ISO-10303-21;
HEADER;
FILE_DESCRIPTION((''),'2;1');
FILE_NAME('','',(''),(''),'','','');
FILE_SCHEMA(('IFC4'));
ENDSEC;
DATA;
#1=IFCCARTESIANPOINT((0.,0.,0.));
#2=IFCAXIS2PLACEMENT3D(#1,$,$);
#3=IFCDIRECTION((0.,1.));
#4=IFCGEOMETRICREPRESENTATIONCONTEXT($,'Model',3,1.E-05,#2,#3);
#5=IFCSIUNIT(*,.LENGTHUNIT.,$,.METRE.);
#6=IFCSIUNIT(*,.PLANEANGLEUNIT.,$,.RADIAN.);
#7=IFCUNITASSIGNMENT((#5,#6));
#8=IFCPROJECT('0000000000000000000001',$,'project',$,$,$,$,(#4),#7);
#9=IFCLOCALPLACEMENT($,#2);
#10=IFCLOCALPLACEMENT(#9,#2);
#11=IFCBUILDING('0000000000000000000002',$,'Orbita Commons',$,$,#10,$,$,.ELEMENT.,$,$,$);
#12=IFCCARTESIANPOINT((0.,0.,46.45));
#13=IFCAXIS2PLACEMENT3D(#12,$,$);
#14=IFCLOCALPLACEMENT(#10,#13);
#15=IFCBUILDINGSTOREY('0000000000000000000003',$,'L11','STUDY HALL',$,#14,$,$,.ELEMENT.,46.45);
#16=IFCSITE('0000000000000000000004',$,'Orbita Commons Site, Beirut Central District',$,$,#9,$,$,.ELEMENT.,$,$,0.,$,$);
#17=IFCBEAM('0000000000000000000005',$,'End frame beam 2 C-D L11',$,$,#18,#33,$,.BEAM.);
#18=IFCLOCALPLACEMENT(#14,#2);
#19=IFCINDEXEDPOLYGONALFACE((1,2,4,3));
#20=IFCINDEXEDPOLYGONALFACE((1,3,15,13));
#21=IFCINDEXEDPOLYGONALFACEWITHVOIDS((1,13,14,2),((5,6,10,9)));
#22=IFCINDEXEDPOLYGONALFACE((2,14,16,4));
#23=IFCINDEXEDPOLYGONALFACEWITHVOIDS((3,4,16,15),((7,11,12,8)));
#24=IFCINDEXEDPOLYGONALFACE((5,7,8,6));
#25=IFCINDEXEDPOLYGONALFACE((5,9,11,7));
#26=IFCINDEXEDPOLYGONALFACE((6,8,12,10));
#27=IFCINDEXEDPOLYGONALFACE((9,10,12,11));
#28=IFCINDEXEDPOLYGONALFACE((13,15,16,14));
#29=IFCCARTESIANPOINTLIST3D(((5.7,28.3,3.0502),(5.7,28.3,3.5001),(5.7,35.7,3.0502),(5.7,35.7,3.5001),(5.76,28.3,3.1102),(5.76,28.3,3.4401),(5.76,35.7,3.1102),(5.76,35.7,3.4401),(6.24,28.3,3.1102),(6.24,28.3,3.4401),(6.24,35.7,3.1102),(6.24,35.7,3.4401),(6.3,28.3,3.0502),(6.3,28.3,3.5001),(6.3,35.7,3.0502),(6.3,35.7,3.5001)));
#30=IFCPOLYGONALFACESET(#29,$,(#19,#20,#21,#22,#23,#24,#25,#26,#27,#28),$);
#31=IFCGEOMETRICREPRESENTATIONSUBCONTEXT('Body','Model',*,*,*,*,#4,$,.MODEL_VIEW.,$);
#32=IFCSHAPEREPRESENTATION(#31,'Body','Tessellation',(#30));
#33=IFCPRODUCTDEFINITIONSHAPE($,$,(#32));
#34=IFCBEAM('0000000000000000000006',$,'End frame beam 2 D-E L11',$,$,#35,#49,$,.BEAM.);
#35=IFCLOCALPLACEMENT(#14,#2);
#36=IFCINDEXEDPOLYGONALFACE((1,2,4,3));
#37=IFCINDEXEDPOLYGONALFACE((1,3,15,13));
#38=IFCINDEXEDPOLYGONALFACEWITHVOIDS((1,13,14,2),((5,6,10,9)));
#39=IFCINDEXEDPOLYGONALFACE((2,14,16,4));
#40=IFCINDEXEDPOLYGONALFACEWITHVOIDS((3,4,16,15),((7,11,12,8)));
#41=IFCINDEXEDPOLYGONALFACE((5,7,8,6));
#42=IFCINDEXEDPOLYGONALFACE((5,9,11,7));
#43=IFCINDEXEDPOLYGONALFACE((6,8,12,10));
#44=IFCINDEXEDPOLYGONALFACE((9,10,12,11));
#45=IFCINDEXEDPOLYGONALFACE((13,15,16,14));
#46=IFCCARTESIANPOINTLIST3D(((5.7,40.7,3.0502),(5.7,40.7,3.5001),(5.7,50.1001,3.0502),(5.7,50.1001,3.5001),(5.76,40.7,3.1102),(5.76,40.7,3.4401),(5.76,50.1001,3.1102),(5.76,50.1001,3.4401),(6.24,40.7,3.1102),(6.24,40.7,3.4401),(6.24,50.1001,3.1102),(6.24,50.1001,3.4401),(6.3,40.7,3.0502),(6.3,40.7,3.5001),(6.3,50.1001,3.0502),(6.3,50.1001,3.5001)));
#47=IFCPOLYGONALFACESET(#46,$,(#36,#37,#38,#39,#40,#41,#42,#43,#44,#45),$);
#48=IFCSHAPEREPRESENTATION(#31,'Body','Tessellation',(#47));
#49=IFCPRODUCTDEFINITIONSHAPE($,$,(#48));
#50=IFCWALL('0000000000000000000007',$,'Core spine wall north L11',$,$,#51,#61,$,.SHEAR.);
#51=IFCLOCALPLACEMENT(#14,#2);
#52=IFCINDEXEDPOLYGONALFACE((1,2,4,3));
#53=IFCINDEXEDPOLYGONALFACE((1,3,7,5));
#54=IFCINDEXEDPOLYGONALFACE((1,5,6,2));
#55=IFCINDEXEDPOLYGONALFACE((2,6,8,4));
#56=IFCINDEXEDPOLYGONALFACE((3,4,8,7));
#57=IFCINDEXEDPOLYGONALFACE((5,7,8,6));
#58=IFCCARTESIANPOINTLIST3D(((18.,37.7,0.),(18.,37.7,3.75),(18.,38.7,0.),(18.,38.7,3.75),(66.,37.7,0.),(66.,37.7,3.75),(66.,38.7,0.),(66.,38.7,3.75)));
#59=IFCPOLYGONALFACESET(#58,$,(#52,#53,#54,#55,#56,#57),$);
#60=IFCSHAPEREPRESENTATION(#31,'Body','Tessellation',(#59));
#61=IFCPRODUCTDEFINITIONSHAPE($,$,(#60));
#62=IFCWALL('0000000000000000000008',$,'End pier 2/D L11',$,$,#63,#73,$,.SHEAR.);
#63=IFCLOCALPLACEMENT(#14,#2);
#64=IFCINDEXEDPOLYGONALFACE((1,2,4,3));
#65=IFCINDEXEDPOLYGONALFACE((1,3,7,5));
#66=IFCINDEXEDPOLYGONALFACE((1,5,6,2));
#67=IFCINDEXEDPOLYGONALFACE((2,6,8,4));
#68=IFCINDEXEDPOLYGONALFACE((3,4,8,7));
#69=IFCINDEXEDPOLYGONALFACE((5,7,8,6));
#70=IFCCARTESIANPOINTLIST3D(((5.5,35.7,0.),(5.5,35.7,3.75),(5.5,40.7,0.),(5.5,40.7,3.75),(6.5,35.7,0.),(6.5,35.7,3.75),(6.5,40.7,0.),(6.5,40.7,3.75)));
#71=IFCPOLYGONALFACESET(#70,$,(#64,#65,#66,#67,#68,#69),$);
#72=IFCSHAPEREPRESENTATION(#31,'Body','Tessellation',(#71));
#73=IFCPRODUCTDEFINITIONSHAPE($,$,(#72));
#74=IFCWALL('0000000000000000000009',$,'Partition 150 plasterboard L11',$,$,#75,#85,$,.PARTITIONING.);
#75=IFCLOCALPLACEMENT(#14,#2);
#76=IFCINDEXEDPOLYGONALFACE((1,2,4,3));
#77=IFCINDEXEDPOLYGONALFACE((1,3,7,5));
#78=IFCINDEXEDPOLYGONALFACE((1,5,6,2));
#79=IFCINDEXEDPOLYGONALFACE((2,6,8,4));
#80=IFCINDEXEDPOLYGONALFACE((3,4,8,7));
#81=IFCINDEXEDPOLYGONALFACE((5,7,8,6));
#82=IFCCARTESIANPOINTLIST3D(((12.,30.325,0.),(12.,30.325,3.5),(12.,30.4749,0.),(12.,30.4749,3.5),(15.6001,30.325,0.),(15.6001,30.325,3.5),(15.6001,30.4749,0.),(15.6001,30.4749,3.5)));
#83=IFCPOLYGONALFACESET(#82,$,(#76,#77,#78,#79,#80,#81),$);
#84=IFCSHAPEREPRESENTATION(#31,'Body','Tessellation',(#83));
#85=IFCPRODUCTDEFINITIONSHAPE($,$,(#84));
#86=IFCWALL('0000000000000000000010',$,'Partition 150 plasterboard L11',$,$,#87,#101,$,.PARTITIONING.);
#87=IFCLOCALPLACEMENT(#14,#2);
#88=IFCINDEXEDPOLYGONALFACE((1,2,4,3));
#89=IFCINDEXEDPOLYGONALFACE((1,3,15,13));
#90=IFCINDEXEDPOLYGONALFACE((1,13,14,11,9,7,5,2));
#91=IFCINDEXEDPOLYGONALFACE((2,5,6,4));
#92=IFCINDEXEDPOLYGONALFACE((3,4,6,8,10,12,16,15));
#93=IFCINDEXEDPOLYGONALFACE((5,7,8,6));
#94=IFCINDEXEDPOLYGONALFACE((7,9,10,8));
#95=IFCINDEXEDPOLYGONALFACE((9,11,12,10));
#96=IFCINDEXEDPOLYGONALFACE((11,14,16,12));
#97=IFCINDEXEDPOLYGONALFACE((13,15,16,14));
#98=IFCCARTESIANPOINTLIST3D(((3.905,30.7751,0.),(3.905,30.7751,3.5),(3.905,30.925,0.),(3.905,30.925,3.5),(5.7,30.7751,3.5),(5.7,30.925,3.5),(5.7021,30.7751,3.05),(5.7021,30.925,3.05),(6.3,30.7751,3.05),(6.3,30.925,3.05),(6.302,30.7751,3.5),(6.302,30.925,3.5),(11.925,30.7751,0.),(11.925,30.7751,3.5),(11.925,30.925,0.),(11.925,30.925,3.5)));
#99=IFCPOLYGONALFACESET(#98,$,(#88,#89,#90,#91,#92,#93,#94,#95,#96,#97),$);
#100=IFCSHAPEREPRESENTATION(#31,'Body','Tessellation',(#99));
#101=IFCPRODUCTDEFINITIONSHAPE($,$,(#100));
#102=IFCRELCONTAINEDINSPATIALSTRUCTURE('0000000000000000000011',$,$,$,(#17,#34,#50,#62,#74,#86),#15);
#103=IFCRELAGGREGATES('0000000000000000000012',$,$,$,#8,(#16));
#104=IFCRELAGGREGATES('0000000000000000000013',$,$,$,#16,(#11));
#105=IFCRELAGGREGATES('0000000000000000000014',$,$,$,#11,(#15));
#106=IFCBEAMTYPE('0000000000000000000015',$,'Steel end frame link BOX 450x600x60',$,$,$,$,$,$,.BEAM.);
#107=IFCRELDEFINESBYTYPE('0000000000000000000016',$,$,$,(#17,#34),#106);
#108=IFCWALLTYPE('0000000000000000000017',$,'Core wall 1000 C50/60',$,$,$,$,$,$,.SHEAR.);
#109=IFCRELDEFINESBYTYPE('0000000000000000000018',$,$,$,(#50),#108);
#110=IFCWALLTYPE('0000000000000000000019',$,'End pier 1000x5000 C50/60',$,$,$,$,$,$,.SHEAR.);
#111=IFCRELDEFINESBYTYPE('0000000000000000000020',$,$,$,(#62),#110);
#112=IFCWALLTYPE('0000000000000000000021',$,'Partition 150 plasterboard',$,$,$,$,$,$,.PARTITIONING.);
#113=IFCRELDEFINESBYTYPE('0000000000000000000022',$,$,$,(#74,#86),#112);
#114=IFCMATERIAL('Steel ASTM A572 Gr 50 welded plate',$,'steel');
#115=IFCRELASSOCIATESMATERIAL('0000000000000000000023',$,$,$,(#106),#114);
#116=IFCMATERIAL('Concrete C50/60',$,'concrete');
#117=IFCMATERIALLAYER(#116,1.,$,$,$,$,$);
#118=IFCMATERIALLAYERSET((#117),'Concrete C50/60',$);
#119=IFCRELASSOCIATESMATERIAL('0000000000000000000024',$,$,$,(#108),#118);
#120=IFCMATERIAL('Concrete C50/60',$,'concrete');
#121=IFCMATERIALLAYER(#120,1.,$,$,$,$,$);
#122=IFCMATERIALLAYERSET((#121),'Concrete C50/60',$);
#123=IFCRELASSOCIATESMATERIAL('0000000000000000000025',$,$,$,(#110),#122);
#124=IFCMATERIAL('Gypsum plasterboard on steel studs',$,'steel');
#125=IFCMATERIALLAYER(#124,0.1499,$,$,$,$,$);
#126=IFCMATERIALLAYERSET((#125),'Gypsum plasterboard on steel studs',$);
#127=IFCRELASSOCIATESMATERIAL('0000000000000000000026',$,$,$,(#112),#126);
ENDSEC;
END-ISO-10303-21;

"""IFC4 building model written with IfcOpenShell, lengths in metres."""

from ifc_helpers import new_model, si_unit, direction, frame, frame_2d, origin, origin_2d, place, context, subcontext, project, spatial, polyline, rectangle, hollow_rectangle, outline, extrude, material, layer, layer_set, material_profile, profile_set, type_object, element, save


model = new_model("IFC4")

# Units and contexts
model_context = context("Model", 3, precision=1e-05, world=origin(), true_north=direction((0.0, 1.0)))
body_context = subcontext(model_context, "Body", "Model", "MODEL_VIEW")
ifc_project = project(units=[si_unit("LENGTHUNIT", "METRE"), si_unit("PLANEANGLEUNIT", "RADIAN")], contexts=[model_context])

# Site, building, storey
site_placement = place(None, origin())
site = spatial("IfcSite", under=ifc_project, at=site_placement, Name="Orbita Commons Site, Beirut Central District", CompositionType="ELEMENT", RefElevation=0.0)
building_placement = place(site_placement, origin())
building = spatial("IfcBuilding", under=site, at=building_placement, Name="Orbita Commons", CompositionType="ELEMENT")
storey_placement = place(building_placement, frame((0.0, 0.0, 46.45)))
storey = spatial("IfcBuildingStorey", under=building, at=storey_placement, Name="L11", Description="STUDY HALL", CompositionType="ELEMENT", Elevation=46.45)

# Beams
ifc_material_1 = material(Name="Steel ASTM A572 Gr 50 welded plate", Category="steel")
ifc_material_profile = material_profile(ifc_material_1, hollow_rectangle(XDim=0.6001, YDim=0.45, WallThickness=0.0601, at=origin_2d()), Name="BOX 450x600x60")
ifc_profile_set = profile_set([ifc_material_profile], Name="Steel ASTM A572 Gr 50 welded plate")
beam_type = type_object("IfcBeamType", Name="Steel end frame link BOX 450x600x60", PredefinedType="BEAM", material=ifc_profile_set)
beam_1_placement = place(storey_placement, frame((6.0, 28.3, 3.2751), z_axis=(0.0, 1.0, 0.0), x_axis=(-1.0, 0.0, 0.0)))
element("IfcBeam", 1, at=beam_1_placement, inside=storey, type_object=beam_type, Name="End frame beam 2 C-D L11", PredefinedType="BEAM", context=body_context, shape_type="SweptSolid", body=[
    extrude(hollow_rectangle(XDim=0.6001, YDim=0.45, WallThickness=0.0601, at=origin_2d()), origin(), (0.0, 0.0, 1.0), 7.3999),
])
beam_2_placement = place(storey_placement, frame((6.0, 40.7, 3.2751), z_axis=(0.0, 1.0, 0.0), x_axis=(-1.0, 0.0, 0.0)))
element("IfcBeam", 2, at=beam_2_placement, inside=storey, type_object=beam_type, Name="End frame beam 2 D-E L11", PredefinedType="BEAM", context=body_context, shape_type="SweptSolid", body=[
    extrude(hollow_rectangle(XDim=0.6001, YDim=0.45, WallThickness=0.0601, at=origin_2d()), origin(), (0.0, 0.0, 1.0), 9.4001),
])

# Walls
ifc_material_2 = material(Name="Concrete C50/60", Category="concrete")
ifc_layer_1 = layer(ifc_material_2, 1.0)
ifc_layer_set_1 = layer_set([ifc_layer_1], Name="Concrete C50/60")
wall_type_1 = type_object("IfcWallType", Name="Core wall 1000 C50/60", PredefinedType="SHEAR", material=ifc_layer_set_1)
wall_1_placement = place(storey_placement, frame((18.0, 38.2, 0.0), z_axis=(0.0, 0.0, 1.0), x_axis=(1.0, 0.0, 0.0)))
element("IfcWall", 3, at=wall_1_placement, inside=storey, type_object=wall_type_1, Name="Core spine wall north L11", PredefinedType="SHEAR", context=body_context, shape_type="SweptSolid", body=[
    extrude(rectangle(XDim=48.0, YDim=1.0, at=frame_2d((24.0, 0.0))), origin(), (0.0, 0.0, 1.0), 3.75),
])
ifc_material_3 = material(Name="Concrete C50/60", Category="concrete")
ifc_layer_2 = layer(ifc_material_3, 1.0)
ifc_layer_set_2 = layer_set([ifc_layer_2], Name="Concrete C50/60")
wall_type_2 = type_object("IfcWallType", Name="End pier 1000x5000 C50/60", PredefinedType="SHEAR", material=ifc_layer_set_2)
wall_2_placement = place(storey_placement, frame((6.0, 35.7, 0.0), z_axis=(0.0, 0.0, 1.0), x_axis=(0.0, 1.0, 0.0)))
element("IfcWall", 4, at=wall_2_placement, inside=storey, type_object=wall_type_2, Name="End pier 2/D L11", PredefinedType="SHEAR", context=body_context, shape_type="SweptSolid", body=[
    extrude(rectangle(XDim=5.0, YDim=1.0, at=frame_2d((2.5, 0.0))), origin(), (0.0, 0.0, 1.0), 3.75),
])
ifc_material_4 = material(Name="Gypsum plasterboard on steel studs", Category="steel")
ifc_layer_3 = layer(ifc_material_4, 0.1499)
ifc_layer_set_3 = layer_set([ifc_layer_3], Name="Gypsum plasterboard on steel studs")
wall_type_3 = type_object("IfcWallType", Name="Partition 150 plasterboard", PredefinedType="PARTITIONING", material=ifc_layer_set_3)
wall_3_placement = place(storey_placement, frame((12.0, 30.3999, 0.0), z_axis=(0.0, 0.0, 1.0), x_axis=(1.0, 0.0, 0.0)))
element("IfcWall", 5, at=wall_3_placement, inside=storey, type_object=wall_type_3, Name="Partition 150 plasterboard L11", PredefinedType="PARTITIONING", context=body_context, shape_type="SweptSolid", body=[
    extrude(rectangle(XDim=3.6001, YDim=0.1499, at=frame_2d((1.8, 0.0))), origin(), (0.0, 0.0, 1.0), 3.5),
])
wall_4_placement = place(storey_placement, frame((3.905, 30.8501, 0.0), z_axis=(0.0, 0.0, 1.0), x_axis=(1.0, 0.0, 0.0)))
element("IfcWall", 6, at=wall_4_placement, inside=storey, type_object=wall_type_3, Name="Partition 150 plasterboard L11", PredefinedType="PARTITIONING", context=body_context, shape_type="SweptSolid", body=[
    extrude(outline(polyline([(0.0, 0.0), (8.02, 0.0), (8.02, 3.5), (2.397, 3.5), (2.395, 3.05), (1.7971, 3.05), (1.7949, 3.5), (0.0, 3.5), (0.0, 0.0)])), frame((0.0, 0.075, 0.0), z_axis=(0.0, -1.0, 0.0), x_axis=(1.0, 0.0, 0.0)), (0.0, 0.0, 1.0), 0.1499),
])

save(model, "model.ifc")
